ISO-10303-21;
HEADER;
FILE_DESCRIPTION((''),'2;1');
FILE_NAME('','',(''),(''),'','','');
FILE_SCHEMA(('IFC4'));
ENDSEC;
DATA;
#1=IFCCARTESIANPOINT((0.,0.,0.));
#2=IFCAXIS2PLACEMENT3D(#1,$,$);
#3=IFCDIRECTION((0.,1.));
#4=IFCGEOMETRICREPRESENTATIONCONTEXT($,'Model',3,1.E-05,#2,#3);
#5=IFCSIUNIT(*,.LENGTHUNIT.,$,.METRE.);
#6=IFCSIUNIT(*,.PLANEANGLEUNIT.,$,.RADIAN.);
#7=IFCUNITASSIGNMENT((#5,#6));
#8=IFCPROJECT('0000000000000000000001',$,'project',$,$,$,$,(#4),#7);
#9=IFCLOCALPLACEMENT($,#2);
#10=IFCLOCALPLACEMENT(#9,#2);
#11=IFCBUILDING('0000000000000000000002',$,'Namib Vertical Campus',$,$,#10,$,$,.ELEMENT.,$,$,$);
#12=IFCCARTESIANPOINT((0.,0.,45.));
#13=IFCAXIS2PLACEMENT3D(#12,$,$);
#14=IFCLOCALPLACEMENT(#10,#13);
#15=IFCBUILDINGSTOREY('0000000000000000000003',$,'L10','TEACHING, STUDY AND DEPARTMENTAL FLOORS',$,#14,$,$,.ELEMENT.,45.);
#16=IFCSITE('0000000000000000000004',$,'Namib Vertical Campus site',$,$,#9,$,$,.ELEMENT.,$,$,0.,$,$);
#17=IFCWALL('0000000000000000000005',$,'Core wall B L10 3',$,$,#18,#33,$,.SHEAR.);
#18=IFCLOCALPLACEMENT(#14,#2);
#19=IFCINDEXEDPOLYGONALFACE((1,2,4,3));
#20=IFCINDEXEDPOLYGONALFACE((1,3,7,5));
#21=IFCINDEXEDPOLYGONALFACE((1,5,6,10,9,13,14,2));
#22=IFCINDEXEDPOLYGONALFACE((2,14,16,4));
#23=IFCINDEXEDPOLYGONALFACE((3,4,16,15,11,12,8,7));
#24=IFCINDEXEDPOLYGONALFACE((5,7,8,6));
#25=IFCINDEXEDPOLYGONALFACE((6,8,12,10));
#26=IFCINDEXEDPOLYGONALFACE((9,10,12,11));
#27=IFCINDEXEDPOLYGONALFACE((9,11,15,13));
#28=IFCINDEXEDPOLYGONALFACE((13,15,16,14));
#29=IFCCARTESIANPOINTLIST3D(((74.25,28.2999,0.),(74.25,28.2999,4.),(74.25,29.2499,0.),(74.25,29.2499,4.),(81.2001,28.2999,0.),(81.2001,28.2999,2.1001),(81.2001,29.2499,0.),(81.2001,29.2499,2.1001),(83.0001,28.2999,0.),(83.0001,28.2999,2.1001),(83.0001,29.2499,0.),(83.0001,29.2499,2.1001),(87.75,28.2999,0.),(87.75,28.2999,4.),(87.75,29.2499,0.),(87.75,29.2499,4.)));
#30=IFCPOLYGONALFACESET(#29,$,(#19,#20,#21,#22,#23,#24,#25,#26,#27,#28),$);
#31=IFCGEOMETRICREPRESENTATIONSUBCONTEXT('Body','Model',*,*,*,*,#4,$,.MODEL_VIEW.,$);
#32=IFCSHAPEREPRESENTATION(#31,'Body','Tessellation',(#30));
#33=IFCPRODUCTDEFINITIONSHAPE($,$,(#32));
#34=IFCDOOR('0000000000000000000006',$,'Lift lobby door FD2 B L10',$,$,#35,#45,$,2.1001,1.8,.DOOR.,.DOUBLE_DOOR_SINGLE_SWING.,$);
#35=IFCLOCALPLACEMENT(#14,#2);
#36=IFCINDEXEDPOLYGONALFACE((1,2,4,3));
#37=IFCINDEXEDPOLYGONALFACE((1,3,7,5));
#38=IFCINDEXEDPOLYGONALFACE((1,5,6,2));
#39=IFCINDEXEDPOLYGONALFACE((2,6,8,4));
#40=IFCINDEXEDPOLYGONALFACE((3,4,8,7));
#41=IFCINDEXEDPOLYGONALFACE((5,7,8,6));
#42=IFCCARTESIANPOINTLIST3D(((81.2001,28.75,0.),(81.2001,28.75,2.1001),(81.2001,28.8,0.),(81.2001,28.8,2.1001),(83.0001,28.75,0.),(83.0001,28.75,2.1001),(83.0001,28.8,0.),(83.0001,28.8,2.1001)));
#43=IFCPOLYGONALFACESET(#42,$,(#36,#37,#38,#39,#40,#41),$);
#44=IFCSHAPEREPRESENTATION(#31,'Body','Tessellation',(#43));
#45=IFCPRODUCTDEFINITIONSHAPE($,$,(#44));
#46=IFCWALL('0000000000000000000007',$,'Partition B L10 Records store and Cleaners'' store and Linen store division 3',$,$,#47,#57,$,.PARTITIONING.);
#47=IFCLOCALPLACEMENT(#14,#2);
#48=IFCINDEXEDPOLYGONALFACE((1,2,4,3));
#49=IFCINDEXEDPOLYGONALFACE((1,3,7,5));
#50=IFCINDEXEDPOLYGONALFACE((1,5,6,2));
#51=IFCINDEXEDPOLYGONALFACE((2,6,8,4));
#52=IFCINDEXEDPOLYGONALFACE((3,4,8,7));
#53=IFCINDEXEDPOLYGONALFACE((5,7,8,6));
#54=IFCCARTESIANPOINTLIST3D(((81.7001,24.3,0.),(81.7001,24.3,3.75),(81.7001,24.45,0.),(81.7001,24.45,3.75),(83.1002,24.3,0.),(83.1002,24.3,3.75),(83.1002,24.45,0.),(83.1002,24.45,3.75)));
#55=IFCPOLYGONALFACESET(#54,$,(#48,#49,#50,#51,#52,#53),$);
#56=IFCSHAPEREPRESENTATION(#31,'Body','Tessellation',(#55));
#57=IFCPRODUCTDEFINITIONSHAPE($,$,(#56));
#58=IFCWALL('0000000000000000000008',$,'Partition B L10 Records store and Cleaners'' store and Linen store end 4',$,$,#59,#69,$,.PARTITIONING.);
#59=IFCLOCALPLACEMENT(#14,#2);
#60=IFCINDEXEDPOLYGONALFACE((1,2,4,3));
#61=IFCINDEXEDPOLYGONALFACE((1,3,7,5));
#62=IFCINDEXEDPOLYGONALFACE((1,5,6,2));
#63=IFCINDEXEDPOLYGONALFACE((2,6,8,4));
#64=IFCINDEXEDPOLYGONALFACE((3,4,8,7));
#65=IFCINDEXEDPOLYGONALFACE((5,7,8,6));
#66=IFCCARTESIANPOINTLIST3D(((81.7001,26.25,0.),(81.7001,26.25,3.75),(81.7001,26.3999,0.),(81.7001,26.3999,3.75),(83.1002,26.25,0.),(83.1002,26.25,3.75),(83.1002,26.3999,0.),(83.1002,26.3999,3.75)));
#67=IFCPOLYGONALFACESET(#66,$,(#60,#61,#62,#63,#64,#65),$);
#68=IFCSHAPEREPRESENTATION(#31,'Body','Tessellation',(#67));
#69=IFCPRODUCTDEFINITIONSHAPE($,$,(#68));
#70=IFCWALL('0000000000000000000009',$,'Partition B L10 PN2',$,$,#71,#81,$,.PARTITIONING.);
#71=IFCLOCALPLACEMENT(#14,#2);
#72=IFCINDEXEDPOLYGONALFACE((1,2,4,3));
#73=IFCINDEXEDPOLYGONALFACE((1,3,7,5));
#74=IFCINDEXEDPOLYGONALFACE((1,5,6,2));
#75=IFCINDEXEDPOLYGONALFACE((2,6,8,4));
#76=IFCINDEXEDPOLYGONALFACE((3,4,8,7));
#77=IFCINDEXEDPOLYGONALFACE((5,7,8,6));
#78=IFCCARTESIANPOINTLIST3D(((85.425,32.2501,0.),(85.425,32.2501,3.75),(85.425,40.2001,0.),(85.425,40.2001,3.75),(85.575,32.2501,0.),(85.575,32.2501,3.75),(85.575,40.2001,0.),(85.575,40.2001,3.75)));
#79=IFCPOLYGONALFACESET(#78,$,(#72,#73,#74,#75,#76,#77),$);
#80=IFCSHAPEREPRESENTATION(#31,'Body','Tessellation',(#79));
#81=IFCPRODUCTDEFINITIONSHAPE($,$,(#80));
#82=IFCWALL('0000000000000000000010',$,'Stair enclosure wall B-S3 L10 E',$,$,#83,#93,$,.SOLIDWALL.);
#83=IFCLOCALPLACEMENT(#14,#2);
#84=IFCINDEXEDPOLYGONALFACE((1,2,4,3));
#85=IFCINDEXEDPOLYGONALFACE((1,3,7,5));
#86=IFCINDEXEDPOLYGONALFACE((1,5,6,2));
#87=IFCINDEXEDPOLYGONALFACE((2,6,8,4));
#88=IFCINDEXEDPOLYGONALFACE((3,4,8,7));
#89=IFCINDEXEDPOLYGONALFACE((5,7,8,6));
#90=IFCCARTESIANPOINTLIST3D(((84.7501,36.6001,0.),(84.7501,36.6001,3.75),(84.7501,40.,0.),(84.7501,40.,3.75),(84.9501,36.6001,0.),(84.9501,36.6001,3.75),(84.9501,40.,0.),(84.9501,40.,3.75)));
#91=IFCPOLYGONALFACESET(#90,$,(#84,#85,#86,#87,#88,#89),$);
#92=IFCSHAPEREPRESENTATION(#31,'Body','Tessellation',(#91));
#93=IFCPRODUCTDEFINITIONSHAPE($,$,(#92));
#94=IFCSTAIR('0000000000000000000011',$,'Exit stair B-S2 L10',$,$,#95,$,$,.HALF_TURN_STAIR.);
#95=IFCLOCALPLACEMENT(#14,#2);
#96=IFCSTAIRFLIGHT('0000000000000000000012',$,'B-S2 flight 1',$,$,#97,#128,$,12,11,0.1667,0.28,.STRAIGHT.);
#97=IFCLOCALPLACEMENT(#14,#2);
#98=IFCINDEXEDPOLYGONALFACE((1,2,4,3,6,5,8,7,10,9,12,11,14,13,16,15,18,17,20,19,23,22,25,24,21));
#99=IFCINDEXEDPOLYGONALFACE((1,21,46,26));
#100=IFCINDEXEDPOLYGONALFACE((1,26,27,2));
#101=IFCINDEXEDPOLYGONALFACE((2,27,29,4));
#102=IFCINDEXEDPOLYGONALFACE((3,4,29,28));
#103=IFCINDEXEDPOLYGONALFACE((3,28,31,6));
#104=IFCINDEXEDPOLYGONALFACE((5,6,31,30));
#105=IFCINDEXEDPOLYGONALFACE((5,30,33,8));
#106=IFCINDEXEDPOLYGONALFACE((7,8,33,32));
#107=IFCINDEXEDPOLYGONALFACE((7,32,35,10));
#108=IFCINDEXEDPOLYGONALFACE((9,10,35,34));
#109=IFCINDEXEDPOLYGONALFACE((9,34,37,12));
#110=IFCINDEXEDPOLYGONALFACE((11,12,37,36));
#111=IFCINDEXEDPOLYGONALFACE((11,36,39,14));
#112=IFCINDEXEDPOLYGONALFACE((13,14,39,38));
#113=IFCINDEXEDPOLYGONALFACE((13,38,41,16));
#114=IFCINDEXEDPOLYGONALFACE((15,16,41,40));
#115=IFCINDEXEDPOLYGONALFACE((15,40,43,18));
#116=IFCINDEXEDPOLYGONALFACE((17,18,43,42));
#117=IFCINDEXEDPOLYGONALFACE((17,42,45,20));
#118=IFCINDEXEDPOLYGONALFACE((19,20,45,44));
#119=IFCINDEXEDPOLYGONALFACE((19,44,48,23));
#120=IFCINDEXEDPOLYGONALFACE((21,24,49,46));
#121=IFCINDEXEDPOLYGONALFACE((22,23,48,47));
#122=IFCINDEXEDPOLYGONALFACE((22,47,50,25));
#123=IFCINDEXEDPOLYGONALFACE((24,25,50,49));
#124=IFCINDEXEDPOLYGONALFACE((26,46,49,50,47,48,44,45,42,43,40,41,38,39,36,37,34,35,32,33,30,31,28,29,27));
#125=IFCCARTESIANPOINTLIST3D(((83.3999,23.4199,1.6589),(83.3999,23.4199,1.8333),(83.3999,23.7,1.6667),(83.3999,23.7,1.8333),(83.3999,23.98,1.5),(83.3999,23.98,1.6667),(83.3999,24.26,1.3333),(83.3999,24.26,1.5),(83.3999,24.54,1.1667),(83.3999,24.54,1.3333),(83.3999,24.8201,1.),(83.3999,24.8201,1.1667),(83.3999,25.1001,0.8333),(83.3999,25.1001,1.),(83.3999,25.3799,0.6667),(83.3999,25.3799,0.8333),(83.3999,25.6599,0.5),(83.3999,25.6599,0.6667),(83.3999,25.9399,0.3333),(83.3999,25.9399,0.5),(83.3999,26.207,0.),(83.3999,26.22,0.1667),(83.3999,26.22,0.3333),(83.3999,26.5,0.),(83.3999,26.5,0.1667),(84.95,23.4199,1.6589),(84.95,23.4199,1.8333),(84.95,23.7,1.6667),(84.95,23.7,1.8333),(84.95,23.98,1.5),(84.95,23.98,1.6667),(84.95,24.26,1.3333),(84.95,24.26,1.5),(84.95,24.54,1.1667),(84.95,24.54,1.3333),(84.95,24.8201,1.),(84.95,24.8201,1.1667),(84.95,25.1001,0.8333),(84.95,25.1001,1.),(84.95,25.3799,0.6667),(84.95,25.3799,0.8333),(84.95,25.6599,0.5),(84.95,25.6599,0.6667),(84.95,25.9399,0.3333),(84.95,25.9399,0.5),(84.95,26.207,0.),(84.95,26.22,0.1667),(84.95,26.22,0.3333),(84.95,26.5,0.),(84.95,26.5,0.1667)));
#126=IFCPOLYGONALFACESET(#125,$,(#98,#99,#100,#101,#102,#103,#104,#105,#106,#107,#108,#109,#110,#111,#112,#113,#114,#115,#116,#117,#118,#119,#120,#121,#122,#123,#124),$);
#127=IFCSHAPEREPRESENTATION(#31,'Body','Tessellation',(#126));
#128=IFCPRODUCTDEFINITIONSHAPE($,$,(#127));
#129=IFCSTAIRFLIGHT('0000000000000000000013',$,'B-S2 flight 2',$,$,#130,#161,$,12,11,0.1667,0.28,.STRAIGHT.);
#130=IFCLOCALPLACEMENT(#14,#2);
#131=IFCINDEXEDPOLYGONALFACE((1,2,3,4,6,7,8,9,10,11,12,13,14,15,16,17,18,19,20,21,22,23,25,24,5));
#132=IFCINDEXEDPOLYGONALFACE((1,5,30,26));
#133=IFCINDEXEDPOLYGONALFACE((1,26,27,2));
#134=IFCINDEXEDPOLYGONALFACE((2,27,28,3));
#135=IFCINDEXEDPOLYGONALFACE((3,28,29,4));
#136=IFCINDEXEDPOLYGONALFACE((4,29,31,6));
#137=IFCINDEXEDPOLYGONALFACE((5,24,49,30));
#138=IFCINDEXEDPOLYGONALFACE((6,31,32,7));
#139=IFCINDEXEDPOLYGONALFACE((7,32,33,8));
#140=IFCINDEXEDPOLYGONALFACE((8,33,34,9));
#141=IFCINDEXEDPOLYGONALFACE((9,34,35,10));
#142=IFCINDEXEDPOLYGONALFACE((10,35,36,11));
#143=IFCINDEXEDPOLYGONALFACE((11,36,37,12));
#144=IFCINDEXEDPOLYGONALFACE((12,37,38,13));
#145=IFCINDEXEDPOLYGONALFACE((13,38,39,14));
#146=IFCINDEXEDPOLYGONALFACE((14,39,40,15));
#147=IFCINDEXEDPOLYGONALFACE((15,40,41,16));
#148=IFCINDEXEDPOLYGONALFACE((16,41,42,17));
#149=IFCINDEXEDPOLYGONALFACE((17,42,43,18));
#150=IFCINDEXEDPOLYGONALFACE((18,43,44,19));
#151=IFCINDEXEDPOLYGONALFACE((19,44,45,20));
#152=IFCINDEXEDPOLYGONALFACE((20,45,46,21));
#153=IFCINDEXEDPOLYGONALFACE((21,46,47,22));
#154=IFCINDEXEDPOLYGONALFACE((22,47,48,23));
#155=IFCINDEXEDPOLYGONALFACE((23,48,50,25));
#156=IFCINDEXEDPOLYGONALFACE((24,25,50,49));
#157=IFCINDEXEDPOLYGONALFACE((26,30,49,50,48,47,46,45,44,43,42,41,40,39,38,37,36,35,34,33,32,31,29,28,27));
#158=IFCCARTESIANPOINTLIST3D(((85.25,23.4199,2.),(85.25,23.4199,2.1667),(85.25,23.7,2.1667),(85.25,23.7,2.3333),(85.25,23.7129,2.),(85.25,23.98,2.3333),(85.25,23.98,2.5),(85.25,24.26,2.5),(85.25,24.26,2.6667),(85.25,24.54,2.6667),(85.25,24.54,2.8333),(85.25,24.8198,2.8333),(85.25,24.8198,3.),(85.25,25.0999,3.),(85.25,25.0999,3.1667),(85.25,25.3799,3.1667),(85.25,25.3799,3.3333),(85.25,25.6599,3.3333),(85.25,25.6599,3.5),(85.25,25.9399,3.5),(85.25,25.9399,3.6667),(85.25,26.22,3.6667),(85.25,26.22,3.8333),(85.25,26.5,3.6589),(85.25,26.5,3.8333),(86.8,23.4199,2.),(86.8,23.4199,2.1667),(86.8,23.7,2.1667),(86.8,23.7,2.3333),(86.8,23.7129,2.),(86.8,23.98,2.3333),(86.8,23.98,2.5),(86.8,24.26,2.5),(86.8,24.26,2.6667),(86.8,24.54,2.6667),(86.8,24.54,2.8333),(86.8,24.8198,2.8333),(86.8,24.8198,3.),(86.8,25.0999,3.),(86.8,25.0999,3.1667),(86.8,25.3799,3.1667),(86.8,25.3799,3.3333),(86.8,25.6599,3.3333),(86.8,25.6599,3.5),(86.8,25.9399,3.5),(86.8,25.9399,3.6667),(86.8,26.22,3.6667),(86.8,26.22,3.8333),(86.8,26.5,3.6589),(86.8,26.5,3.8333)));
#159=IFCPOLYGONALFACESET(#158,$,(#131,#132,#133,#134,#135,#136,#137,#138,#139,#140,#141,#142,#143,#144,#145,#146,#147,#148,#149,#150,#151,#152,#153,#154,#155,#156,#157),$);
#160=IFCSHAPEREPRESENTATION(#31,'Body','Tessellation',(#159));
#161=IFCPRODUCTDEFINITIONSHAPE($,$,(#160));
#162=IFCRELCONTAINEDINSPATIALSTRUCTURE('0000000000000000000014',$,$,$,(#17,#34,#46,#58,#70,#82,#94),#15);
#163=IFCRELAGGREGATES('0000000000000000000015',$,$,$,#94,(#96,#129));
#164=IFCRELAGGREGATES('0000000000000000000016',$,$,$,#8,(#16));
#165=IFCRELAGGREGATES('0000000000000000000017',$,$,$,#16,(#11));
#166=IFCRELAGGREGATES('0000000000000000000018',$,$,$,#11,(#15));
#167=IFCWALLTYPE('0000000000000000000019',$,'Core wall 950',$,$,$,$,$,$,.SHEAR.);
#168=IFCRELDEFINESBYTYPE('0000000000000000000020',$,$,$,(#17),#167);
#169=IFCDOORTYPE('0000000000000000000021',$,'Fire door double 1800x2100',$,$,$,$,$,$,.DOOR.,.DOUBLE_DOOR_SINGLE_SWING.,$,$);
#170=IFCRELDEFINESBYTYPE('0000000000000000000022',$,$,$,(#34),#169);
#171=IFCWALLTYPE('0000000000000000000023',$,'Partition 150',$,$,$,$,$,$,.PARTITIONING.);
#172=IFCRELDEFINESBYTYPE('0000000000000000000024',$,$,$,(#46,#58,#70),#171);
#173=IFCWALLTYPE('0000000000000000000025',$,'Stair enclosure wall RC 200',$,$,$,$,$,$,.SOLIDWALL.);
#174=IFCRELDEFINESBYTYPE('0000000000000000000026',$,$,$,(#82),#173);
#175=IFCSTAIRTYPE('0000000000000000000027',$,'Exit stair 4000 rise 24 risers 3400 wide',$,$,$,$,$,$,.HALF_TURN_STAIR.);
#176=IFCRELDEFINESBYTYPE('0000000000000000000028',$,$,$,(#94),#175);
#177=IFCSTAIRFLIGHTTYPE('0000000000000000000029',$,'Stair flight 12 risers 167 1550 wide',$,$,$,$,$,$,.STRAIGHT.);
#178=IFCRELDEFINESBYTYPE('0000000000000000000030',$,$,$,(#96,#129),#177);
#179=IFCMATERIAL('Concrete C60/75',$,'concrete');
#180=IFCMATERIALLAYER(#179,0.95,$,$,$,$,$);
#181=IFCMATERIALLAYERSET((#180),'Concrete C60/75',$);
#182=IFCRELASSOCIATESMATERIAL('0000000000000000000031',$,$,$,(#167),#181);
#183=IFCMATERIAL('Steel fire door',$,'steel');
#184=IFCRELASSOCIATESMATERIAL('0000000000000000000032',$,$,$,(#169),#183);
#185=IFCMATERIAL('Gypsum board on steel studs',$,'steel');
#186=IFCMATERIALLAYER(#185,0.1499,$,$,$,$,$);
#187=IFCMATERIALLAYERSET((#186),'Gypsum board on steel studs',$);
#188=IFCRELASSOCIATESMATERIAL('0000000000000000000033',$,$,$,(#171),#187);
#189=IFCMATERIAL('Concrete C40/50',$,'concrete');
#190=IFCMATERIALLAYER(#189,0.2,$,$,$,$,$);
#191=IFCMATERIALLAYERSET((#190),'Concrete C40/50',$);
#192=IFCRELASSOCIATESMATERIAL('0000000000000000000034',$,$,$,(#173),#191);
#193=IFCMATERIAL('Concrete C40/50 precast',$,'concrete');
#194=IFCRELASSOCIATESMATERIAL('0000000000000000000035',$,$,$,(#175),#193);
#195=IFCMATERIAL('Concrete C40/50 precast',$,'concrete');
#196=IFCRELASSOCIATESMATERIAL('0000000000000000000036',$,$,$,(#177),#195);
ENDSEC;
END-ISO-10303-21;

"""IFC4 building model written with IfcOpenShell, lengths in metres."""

from ifc_helpers import new_model, si_unit, direction, frame, frame_2d, origin, place, context, subcontext, project, spatial, polyline, rectangle, outline, extrude, material, layer, layer_set, type_object, element, fill, aggregate, save


model = new_model("IFC4")

# Units and contexts
model_context = context("Model", 3, precision=1e-05, world=origin(), true_north=direction((0.0, 1.0)))
body_context = subcontext(model_context, "Body", "Model", "MODEL_VIEW")
ifc_project = project(units=[si_unit("LENGTHUNIT", "METRE"), si_unit("PLANEANGLEUNIT", "RADIAN")], contexts=[model_context])

# Site, building, storey
site_placement = place(None, origin())
site = spatial("IfcSite", under=ifc_project, at=site_placement, Name="Namib Vertical Campus site", CompositionType="ELEMENT", RefElevation=0.0)
building_placement = place(site_placement, origin())
building = spatial("IfcBuilding", under=site, at=building_placement, Name="Namib Vertical Campus", CompositionType="ELEMENT")
storey_placement = place(building_placement, frame((0.0, 0.0, 45.0)))
storey = spatial("IfcBuildingStorey", under=building, at=storey_placement, Name="L10", Description="TEACHING, STUDY AND DEPARTMENTAL FLOORS", CompositionType="ELEMENT", Elevation=45.0)

# Wall, opening, door
ifc_material_1 = material(Name="Concrete C60/75", Category="concrete")
ifc_layer_1 = layer(ifc_material_1, 0.95)
ifc_layer_set_1 = layer_set([ifc_layer_1], Name="Concrete C60/75")
wall_type_1 = type_object("IfcWallType", Name="Core wall 950", PredefinedType="SHEAR", material=ifc_layer_set_1)
wall_1_placement = place(storey_placement, frame((87.75, 28.7749, 0.0), z_axis=(0.0, 0.0, 1.0), x_axis=(-1.0, 0.0, 0.0)))
wall_1 = element("IfcWall", 1, at=wall_1_placement, inside=storey, type_object=wall_type_1, Name="Core wall B L10 3", PredefinedType="SHEAR", context=body_context, shape_type="SweptSolid", body=[
    extrude(rectangle(XDim=13.5, YDim=0.95, at=frame_2d((6.75, 0.0))), origin(), (0.0, 0.0, 1.0), 4.0),
])
opening_placement = place(wall_1_placement, frame((4.75, 0.0, 0.0)))
opening = element("IfcOpeningElement", 2, at=opening_placement, cuts=wall_1, PredefinedType="OPENING", context=body_context, shape_type="SweptSolid", body=[
    extrude(rectangle(XDim=1.8, YDim=2.1001, at=frame_2d((0.8999, 1.05))), frame((0.0, 0.4849, 0.0), z_axis=(0.0, -1.0, 0.0), x_axis=(1.0, 0.0, 0.0)), (0.0, 0.0, 1.0), 0.97),
])
ifc_material_2 = material(Name="Steel fire door", Category="steel")
door_type = type_object("IfcDoorType", Name="Fire door double 1800x2100", OperationType="DOUBLE_DOOR_SINGLE_SWING", PredefinedType="DOOR", material=ifc_material_2)
door_placement = place(opening_placement, origin())
door = element("IfcDoor", 3, at=door_placement, inside=storey, type_object=door_type, Name="Lift lobby door FD2 B L10", OperationType="DOUBLE_DOOR_SINGLE_SWING", OverallHeight=2.1001, OverallWidth=1.8, PredefinedType="DOOR", context=body_context, shape_type="SweptSolid", body=[
    extrude(rectangle(XDim=1.8, YDim=2.1001, at=frame_2d((0.8999, 1.05))), frame((0.0, 0.0249, 0.0), z_axis=(0.0, -1.0, 0.0), x_axis=(1.0, 0.0, 0.0)), (0.0, 0.0, 1.0), 0.05),
])
fill(opening, door)

# Walls
ifc_material_3 = material(Name="Gypsum board on steel studs", Category="steel")
ifc_layer_2 = layer(ifc_material_3, 0.1499)
ifc_layer_set_2 = layer_set([ifc_layer_2], Name="Gypsum board on steel studs")
wall_type_2 = type_object("IfcWallType", Name="Partition 150", PredefinedType="PARTITIONING", material=ifc_layer_set_2)
for number, where, z_axis, x_axis, name in (
    (4, (81.7, 24.375, 0.0), (0.0, 0.0, 1.0), (1.0, 0.0, 0.0), "Partition B L10 Records store and Cleaners' store and Linen store division 3"),
    (5, (81.7, 26.325, 0.0), (0.0, 0.0, 1.0), (1.0, 0.0, 0.0), "Partition B L10 Records store and Cleaners' store and Linen store end 4"),
):
    element("IfcWall", number, at=place(storey_placement, frame(where, z_axis=z_axis, x_axis=x_axis)), inside=storey, type_object=wall_type_2, Name=name, PredefinedType="PARTITIONING", context=body_context, shape_type="SweptSolid", body=[
        extrude(rectangle(XDim=1.4001, YDim=0.1499, at=frame_2d((0.7002, 0.0))), origin(), (0.0, 0.0, 1.0), 3.75),
    ])
wall_2_placement = place(storey_placement, frame((85.5, 32.25, 0.0), z_axis=(0.0, 0.0, 1.0), x_axis=(0.0, 1.0, 0.0)))
element("IfcWall", 6, at=wall_2_placement, inside=storey, type_object=wall_type_2, Name="Partition B L10 PN2", PredefinedType="PARTITIONING", context=body_context, shape_type="SweptSolid", body=[
    extrude(rectangle(XDim=7.95, YDim=0.1499, at=frame_2d((3.9751, 0.0))), origin(), (0.0, 0.0, 1.0), 3.75),
])
ifc_material_4 = material(Name="Concrete C40/50", Category="concrete")
ifc_layer_3 = layer(ifc_material_4, 0.2)
ifc_layer_set_3 = layer_set([ifc_layer_3], Name="Concrete C40/50")
wall_type_3 = type_object("IfcWallType", Name="Stair enclosure wall RC 200", PredefinedType="SOLIDWALL", material=ifc_layer_set_3)
wall_3_placement = place(storey_placement, frame((84.8501, 36.6001, 0.0), z_axis=(0.0, 0.0, 1.0), x_axis=(0.0, 1.0, 0.0)))
element("IfcWall", 7, at=wall_3_placement, inside=storey, type_object=wall_type_3, Name="Stair enclosure wall B-S3 L10 E", PredefinedType="SOLIDWALL", context=body_context, shape_type="SweptSolid", body=[
    extrude(rectangle(XDim=3.3999, YDim=0.2, at=frame_2d((1.7, 0.0))), origin(), (0.0, 0.0, 1.0), 3.75),
])

# Stair, stair flights
ifc_material_5 = material(Name="Concrete C40/50 precast", Category="concrete")
stair_type = type_object("IfcStairType", Name="Exit stair 4000 rise 24 risers 3400 wide", PredefinedType="HALF_TURN_STAIR", material=ifc_material_5)
stair_1_placement = place(storey_placement, origin())
stair_1 = element("IfcStair", 8, at=stair_1_placement, inside=storey, type_object=stair_type, Name="Exit stair B-S2 L10", PredefinedType="HALF_TURN_STAIR")
ifc_material_6 = material(Name="Concrete C40/50 precast", Category="concrete")
stair_flight_type = type_object("IfcStairFlightType", Name="Stair flight 12 risers 167 1550 wide", PredefinedType="STRAIGHT", material=ifc_material_6)
stair_flight_1_placement = place(storey_placement, frame((84.175, 26.5, 0.0), z_axis=(0.0, 0.0, 1.0), x_axis=(0.0, -1.0, 0.0)))
stair_flight_1 = element("IfcStairFlight", 9, at=stair_flight_1_placement, type_object=stair_flight_type, Name="B-S2 flight 1", NumberOfRisers=12, NumberOfTreads=11, PredefinedType="STRAIGHT", RiserHeight=0.1667, TreadLength=0.28, context=body_context, shape_type="SweptSolid", body=[
    extrude(outline(polyline([(0.0, 0.0), (0.0, 0.1667), (0.28, 0.1667), (0.28, 0.3333), (0.5601, 0.3333), (0.5601, 0.5), (0.8401, 0.5), (0.8401, 0.6667), (1.1201, 0.6667), (1.1201, 0.8333), (1.3999, 0.8333), (1.3999, 1.0), (1.6799, 1.0), (1.6799, 1.1667), (1.96, 1.1667), (1.96, 1.3333), (2.24, 1.3333), (2.24, 1.5), (2.52, 1.5), (2.52, 1.6667), (2.8, 1.6667), (2.8, 1.8333), (3.0801, 1.8333), (3.0801, 2.0), (3.0801, 1.6589), (0.293, 0.0), (0.0, 0.0)])), frame((0.0, 0.7749, 0.0), z_axis=(0.0, -1.0, 0.0), x_axis=(1.0, 0.0, 0.0)), (0.0, 0.0, 1.0), 1.55),
])
stair_flight_2_placement = place(storey_placement, frame((86.0249, 23.4199, 2.0), z_axis=(0.0, 0.0, 1.0), x_axis=(0.0, 1.0, 0.0)))
stair_flight_2 = element("IfcStairFlight", 10, at=stair_flight_2_placement, type_object=stair_flight_type, Name="B-S2 flight 2", NumberOfRisers=12, NumberOfTreads=11, PredefinedType="STRAIGHT", RiserHeight=0.1667, TreadLength=0.28, context=body_context, shape_type="SweptSolid", body=[
    extrude(outline(polyline([(0.0, 0.0), (0.0, 0.1667), (0.28, 0.1667), (0.28, 0.3333), (0.5601, 0.3333), (0.5601, 0.5), (0.8401, 0.5), (0.8401, 0.6667), (1.1201, 0.6667), (1.1201, 0.8333), (1.3999, 0.8333), (1.3999, 1.0), (1.6799, 1.0), (1.6799, 1.1667), (1.96, 1.1667), (1.96, 1.3333), (2.24, 1.3333), (2.24, 1.5), (2.52, 1.5), (2.52, 1.6667), (2.8, 1.6667), (2.8, 1.8333), (3.0801, 1.8333), (3.0801, 2.0), (3.0801, 1.6589), (0.293, 0.0), (0.0, 0.0)])), frame((0.0, 0.7749, 0.0), z_axis=(0.0, -1.0, 0.0), x_axis=(1.0, 0.0, 0.0)), (0.0, 0.0, 1.0), 1.55),
])
aggregate(stair_1, [stair_flight_1, stair_flight_2])

save(model, "model.ifc")
